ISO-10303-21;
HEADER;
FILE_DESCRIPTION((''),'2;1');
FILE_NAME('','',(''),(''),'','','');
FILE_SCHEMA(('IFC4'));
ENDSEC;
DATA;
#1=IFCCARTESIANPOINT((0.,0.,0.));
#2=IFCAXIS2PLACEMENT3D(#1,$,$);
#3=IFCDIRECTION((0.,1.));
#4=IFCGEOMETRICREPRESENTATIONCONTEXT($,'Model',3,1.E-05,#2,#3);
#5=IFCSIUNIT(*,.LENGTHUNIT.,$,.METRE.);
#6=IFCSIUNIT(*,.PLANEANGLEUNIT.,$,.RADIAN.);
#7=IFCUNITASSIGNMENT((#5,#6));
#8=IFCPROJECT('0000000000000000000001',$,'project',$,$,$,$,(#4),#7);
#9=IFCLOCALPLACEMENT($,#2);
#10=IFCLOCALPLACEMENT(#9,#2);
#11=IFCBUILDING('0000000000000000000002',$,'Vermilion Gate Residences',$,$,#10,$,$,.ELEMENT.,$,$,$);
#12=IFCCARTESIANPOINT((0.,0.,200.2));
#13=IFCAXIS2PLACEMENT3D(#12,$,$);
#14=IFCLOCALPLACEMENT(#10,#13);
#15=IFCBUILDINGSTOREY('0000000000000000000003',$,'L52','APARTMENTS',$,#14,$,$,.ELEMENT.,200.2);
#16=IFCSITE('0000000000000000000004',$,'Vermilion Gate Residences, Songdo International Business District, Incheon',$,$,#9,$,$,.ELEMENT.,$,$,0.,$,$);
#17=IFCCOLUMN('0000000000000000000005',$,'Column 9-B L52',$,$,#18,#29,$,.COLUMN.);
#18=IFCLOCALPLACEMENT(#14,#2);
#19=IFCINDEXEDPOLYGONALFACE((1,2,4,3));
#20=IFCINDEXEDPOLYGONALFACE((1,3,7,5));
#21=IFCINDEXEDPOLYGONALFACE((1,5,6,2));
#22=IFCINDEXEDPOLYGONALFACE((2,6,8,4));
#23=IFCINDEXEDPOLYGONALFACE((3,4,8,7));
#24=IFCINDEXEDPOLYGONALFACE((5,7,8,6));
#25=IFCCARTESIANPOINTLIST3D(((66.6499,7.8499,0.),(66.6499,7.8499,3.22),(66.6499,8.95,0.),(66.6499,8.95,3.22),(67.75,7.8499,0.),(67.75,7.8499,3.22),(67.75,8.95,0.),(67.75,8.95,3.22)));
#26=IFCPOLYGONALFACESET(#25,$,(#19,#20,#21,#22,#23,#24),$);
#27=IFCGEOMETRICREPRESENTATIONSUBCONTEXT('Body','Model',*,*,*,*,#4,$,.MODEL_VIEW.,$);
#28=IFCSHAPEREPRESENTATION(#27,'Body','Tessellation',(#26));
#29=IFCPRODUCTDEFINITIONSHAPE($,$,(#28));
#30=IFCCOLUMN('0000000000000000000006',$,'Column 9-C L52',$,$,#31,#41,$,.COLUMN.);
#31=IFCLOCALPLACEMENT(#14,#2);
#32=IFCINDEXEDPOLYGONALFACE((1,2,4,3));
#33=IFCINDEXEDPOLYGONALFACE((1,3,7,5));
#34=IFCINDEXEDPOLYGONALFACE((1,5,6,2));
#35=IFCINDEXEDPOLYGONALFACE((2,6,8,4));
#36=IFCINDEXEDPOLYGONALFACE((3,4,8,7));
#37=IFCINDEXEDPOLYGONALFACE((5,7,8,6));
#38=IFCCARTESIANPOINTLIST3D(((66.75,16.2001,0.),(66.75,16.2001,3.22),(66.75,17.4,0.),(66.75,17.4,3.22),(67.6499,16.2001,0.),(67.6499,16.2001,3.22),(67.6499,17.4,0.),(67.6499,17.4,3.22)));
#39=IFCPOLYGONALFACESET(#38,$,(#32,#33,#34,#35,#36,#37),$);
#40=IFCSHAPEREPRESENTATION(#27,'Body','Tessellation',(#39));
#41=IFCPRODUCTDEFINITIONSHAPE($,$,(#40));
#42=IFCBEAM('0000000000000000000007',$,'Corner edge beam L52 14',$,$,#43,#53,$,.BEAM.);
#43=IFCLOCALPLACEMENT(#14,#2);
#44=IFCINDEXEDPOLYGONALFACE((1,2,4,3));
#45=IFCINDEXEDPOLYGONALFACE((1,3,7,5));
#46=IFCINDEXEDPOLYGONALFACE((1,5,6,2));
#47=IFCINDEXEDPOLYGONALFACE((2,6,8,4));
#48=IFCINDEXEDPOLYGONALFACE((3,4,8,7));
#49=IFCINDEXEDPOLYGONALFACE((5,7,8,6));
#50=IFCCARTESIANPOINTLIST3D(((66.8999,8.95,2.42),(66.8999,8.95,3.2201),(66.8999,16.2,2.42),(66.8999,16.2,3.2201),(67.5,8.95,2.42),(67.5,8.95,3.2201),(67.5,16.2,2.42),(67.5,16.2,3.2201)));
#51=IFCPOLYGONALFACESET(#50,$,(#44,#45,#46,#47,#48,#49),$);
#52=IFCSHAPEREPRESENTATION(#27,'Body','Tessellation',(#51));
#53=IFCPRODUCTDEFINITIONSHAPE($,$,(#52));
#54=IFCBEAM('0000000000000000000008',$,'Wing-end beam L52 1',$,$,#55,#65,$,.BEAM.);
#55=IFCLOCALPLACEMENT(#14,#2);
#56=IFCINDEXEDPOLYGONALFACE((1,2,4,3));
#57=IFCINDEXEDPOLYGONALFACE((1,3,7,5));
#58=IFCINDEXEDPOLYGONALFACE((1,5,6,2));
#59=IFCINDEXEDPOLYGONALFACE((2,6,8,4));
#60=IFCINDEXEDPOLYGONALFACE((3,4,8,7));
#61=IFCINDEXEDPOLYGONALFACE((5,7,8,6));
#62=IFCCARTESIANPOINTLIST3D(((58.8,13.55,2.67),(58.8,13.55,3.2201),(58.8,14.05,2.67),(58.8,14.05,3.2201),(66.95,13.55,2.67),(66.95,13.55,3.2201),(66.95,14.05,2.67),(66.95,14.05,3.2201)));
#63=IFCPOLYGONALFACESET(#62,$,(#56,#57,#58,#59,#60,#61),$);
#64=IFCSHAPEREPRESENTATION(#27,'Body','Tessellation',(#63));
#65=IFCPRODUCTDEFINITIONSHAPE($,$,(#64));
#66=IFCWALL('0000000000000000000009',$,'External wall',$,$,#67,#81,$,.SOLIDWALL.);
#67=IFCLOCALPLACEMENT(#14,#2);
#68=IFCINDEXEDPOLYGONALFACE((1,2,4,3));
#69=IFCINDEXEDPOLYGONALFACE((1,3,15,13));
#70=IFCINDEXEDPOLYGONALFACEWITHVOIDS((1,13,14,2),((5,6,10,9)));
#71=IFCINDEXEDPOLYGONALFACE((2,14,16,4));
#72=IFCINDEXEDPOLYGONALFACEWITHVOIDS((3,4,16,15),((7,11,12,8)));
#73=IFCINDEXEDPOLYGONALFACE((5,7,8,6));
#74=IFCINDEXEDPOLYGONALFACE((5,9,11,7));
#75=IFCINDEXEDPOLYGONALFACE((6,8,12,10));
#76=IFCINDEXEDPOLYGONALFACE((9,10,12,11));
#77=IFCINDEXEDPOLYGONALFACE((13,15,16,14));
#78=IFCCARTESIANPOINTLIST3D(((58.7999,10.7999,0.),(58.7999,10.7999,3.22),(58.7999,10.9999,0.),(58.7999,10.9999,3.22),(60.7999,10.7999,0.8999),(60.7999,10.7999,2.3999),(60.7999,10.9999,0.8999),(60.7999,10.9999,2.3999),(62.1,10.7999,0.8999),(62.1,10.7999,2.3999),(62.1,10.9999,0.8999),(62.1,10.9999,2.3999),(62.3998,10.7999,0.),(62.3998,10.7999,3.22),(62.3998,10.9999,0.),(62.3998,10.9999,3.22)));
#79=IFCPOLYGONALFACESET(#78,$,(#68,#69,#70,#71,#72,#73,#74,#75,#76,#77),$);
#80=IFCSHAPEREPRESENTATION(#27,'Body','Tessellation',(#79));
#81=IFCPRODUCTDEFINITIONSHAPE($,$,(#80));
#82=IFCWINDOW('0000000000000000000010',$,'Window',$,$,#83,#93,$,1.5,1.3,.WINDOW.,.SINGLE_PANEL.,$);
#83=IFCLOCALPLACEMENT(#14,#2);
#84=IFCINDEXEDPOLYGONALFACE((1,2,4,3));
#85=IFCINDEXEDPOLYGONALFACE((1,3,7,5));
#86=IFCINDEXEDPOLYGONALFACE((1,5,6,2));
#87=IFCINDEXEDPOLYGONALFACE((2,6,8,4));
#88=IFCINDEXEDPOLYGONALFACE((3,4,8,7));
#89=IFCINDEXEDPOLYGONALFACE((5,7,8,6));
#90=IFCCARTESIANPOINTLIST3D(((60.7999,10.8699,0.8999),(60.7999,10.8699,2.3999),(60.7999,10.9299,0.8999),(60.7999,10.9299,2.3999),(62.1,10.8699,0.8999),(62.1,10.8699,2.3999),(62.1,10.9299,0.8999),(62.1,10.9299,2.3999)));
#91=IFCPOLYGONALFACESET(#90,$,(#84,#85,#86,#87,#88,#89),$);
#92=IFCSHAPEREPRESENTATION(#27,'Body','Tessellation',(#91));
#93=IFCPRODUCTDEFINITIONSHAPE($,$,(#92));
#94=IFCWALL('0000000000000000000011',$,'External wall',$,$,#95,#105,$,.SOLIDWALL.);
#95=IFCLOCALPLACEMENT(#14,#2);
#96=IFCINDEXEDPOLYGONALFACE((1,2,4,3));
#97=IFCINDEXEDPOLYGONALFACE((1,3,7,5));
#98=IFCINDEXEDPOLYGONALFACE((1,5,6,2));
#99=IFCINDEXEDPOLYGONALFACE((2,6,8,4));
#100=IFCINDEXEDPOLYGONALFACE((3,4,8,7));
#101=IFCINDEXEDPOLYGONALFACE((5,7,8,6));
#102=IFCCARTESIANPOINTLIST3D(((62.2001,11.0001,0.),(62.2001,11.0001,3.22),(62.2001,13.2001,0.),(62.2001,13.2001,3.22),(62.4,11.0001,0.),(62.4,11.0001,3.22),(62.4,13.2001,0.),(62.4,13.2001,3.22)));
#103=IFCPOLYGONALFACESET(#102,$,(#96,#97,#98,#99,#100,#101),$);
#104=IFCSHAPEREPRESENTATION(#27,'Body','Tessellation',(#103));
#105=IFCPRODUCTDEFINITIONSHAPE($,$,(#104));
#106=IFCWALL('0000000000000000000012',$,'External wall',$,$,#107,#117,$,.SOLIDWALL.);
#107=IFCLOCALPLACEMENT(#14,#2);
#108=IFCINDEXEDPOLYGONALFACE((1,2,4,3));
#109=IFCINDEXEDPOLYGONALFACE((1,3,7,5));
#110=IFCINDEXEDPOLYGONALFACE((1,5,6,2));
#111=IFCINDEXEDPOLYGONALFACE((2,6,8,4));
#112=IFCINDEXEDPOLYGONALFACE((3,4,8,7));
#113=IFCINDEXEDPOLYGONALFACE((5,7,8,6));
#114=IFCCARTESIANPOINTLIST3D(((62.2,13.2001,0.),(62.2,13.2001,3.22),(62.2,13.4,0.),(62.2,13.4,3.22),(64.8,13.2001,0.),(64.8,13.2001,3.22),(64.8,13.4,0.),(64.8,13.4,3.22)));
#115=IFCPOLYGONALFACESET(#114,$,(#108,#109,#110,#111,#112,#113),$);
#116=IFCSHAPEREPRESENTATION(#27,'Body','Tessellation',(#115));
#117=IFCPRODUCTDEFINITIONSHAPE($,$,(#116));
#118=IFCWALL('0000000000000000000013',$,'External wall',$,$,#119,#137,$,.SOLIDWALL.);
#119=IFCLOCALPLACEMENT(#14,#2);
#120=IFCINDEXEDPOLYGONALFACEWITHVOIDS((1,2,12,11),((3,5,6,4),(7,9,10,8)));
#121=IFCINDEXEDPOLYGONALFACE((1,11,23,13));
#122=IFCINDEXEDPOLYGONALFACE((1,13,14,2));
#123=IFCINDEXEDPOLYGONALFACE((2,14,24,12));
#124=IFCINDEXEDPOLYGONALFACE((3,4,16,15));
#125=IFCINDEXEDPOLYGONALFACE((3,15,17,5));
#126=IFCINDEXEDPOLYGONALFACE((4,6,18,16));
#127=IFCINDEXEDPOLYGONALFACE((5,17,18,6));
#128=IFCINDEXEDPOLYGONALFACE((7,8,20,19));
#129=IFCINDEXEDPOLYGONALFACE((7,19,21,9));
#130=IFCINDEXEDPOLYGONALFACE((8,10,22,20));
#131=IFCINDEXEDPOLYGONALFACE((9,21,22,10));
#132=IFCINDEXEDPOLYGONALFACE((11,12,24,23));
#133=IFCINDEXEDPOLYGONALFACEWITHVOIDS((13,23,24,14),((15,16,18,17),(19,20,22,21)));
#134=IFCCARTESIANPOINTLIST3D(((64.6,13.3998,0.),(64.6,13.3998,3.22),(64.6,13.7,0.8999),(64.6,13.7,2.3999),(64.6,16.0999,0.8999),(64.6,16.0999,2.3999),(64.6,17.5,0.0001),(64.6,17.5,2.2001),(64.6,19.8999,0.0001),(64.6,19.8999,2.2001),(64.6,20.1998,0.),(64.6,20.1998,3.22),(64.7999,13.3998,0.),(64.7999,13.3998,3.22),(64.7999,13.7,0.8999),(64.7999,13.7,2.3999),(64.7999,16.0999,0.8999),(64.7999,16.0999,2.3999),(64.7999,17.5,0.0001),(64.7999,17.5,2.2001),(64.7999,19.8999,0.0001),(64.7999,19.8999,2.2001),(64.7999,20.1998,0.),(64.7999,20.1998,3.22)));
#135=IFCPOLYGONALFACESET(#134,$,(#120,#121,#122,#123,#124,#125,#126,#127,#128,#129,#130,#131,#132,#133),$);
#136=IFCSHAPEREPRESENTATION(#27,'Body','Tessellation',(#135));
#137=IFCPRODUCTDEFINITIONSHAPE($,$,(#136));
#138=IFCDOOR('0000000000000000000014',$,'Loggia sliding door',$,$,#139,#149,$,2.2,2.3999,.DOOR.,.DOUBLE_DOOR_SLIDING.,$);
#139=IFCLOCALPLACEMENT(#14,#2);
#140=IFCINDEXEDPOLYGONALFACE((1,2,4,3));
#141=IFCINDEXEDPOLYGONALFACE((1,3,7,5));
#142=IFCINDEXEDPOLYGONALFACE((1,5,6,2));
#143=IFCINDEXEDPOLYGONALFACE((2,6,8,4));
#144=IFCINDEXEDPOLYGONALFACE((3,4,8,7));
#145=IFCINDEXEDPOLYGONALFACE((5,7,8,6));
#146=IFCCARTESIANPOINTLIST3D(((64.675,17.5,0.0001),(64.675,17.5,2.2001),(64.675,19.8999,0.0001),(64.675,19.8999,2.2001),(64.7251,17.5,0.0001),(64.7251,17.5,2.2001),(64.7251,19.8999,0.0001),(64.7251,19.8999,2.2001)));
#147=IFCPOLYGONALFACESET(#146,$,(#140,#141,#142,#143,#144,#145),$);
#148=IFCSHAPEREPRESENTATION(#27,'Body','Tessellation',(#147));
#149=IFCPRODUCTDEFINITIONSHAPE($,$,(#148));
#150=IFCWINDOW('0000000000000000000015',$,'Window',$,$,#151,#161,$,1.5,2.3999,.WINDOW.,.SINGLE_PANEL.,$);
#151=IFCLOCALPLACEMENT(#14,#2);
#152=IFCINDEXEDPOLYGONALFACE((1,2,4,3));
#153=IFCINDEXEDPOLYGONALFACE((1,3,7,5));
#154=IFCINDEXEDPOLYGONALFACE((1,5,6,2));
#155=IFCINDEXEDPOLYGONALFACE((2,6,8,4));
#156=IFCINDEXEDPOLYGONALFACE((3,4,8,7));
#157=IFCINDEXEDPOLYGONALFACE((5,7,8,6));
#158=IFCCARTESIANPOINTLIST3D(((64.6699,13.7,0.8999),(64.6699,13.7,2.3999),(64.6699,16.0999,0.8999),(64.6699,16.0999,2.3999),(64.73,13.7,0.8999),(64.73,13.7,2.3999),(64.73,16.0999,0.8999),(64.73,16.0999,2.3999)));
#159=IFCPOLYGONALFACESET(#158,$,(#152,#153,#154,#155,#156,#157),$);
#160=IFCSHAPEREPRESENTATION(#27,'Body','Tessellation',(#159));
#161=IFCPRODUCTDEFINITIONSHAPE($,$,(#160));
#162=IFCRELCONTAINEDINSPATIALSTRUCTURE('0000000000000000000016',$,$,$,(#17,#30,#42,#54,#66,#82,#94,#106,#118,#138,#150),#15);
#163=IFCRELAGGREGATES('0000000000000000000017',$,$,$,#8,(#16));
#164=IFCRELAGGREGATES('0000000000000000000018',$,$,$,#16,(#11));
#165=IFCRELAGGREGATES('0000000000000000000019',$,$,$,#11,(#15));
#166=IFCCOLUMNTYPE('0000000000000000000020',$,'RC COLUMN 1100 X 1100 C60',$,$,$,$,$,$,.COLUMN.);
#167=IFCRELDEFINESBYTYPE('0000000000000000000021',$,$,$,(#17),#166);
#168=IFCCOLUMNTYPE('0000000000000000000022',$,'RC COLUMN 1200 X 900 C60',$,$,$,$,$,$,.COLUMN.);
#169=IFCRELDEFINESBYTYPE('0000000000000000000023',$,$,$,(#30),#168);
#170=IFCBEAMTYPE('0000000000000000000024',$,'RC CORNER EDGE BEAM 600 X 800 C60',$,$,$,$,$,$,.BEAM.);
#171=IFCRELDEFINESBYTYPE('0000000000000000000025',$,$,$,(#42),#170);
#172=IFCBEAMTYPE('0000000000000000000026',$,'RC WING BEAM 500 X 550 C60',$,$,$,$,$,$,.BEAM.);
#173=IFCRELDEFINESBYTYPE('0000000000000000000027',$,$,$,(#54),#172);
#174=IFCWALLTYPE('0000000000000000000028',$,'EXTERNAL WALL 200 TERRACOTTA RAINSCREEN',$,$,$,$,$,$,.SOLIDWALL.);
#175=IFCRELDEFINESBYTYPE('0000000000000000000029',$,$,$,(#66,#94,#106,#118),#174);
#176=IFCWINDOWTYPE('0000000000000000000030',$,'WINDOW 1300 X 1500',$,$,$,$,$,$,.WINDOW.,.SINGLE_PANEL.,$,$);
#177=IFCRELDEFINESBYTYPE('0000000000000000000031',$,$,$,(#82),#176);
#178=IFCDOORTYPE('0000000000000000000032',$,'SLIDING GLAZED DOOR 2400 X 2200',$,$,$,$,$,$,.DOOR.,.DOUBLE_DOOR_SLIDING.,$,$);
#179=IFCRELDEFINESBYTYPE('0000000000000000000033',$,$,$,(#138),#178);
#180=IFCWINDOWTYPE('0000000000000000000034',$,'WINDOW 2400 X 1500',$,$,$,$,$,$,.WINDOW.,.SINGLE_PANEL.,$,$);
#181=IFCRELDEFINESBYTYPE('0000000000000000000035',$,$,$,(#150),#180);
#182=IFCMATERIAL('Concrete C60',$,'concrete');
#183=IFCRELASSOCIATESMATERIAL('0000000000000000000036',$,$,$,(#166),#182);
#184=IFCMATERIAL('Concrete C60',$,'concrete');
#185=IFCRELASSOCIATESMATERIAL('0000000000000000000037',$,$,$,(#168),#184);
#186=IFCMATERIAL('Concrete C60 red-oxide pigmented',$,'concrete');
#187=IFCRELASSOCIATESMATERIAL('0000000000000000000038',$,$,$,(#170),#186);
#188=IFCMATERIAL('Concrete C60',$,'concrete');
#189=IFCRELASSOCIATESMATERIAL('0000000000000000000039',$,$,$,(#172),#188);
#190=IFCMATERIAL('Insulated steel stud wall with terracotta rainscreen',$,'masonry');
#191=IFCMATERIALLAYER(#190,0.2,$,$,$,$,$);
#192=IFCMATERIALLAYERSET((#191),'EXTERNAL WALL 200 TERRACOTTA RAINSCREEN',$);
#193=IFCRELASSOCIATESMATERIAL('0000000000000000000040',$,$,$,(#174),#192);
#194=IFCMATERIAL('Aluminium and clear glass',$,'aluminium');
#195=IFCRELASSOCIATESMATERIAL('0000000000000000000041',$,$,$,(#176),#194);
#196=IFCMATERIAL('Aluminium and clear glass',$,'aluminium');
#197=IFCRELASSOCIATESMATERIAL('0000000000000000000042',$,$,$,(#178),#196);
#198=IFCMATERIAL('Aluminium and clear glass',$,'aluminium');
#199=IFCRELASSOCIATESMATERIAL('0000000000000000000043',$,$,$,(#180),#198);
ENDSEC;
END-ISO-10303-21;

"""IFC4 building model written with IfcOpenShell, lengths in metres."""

from ifc_helpers import new_model, si_unit, direction, frame, frame_2d, origin, origin_2d, place, context, subcontext, project, spatial, rectangle, extrude, material, layer, layer_set, material_profile, profile_set, type_object, element, fill, save


model = new_model("IFC4")

# Units and contexts
model_context = context("Model", 3, precision=1e-05, world=origin(), true_north=direction((0.0, 1.0)))
body_context = subcontext(model_context, "Body", "Model", "MODEL_VIEW")
ifc_project = project(units=[si_unit("LENGTHUNIT", "METRE"), si_unit("PLANEANGLEUNIT", "RADIAN")], contexts=[model_context])

# Site, building, storey
site_placement = place(None, origin())
site = spatial("IfcSite", under=ifc_project, at=site_placement, Name="Vermilion Gate Residences, Songdo International Business District, Incheon", CompositionType="ELEMENT", RefElevation=0.0)
building_placement = place(site_placement, origin())
building = spatial("IfcBuilding", under=site, at=building_placement, Name="Vermilion Gate Residences", CompositionType="ELEMENT")
storey_placement = place(building_placement, frame((0.0, 0.0, 200.2)))
storey = spatial("IfcBuildingStorey", under=building, at=storey_placement, Name="L52", Description="APARTMENTS", CompositionType="ELEMENT", Elevation=200.2)

# Columns
ifc_material_1 = material(Name="Concrete C60", Category="concrete")
ifc_material_profile_1 = material_profile(ifc_material_1, rectangle(XDim=1.1001, YDim=1.1001, at=origin_2d()), Name="RC-1100x1100")
ifc_profile_set_1 = profile_set([ifc_material_profile_1], Name="Concrete C60")
column_type_1 = type_object("IfcColumnType", Name="RC COLUMN 1100 X 1100 C60", PredefinedType="COLUMN", material=ifc_profile_set_1)
column_1_placement = place(storey_placement, frame((67.2, 8.3999, 0.0), z_axis=(0.0, 0.0, 1.0), x_axis=(1.0, 0.0, 0.0)))
element("IfcColumn", 1, at=column_1_placement, inside=storey, type_object=column_type_1, Name="Column 9-B L52", PredefinedType="COLUMN", context=body_context, shape_type="SweptSolid", body=[
    extrude(rectangle(XDim=1.1001, YDim=1.1001, at=origin_2d()), origin(), (0.0, 0.0, 1.0), 3.22),
])
ifc_material_2 = material(Name="Concrete C60", Category="concrete")
ifc_material_profile_2 = material_profile(ifc_material_2, rectangle(XDim=1.2, YDim=0.8999, at=origin_2d()), Name="RC-1200x900")
ifc_profile_set_2 = profile_set([ifc_material_profile_2], Name="Concrete C60")
column_type_2 = type_object("IfcColumnType", Name="RC COLUMN 1200 X 900 C60", PredefinedType="COLUMN", material=ifc_profile_set_2)
column_2_placement = place(storey_placement, frame((67.2, 16.8, 0.0), z_axis=(0.0, 0.0, 1.0), x_axis=(0.0, 1.0, 0.0)))
element("IfcColumn", 2, at=column_2_placement, inside=storey, type_object=column_type_2, Name="Column 9-C L52", PredefinedType="COLUMN", context=body_context, shape_type="SweptSolid", body=[
    extrude(rectangle(XDim=1.2, YDim=0.8999, at=origin_2d()), origin(), (0.0, 0.0, 1.0), 3.22),
])

# Beams
ifc_material_3 = material(Name="Concrete C60 red-oxide pigmented", Category="concrete")
ifc_material_profile_3 = material_profile(ifc_material_3, rectangle(XDim=0.6001, YDim=0.8, at=origin_2d()), Name="RC-600x800")
ifc_profile_set_3 = profile_set([ifc_material_profile_3], Name="Concrete C60 red-oxide pigmented")
beam_type_1 = type_object("IfcBeamType", Name="RC CORNER EDGE BEAM 600 X 800 C60", PredefinedType="BEAM", material=ifc_profile_set_3)
beam_1_placement = place(storey_placement, frame((67.2, 8.95, 2.8201), z_axis=(0.0, 1.0, 0.0), x_axis=(-1.0, 0.0, 0.0)))
element("IfcBeam", 3, at=beam_1_placement, inside=storey, type_object=beam_type_1, Name="Corner edge beam L52 14", PredefinedType="BEAM", context=body_context, shape_type="SweptSolid", body=[
    extrude(rectangle(XDim=0.6001, YDim=0.8, at=origin_2d()), origin(), (0.0, 0.0, 1.0), 7.25),
])
ifc_material_4 = material(Name="Concrete C60", Category="concrete")
ifc_material_profile_4 = material_profile(ifc_material_4, rectangle(XDim=0.5, YDim=0.55, at=origin_2d()), Name="RC-500x550")
ifc_profile_set_4 = profile_set([ifc_material_profile_4], Name="Concrete C60")
beam_type_2 = type_object("IfcBeamType", Name="RC WING BEAM 500 X 550 C60", PredefinedType="BEAM", material=ifc_profile_set_4)
beam_2_placement = place(storey_placement, frame((58.8, 13.8, 2.9451), z_axis=(1.0, 0.0, 0.0), x_axis=(0.0, 1.0, 0.0)))
element("IfcBeam", 4, at=beam_2_placement, inside=storey, type_object=beam_type_2, Name="Wing-end beam L52 1", PredefinedType="BEAM", context=body_context, shape_type="SweptSolid", body=[
    extrude(rectangle(XDim=0.5, YDim=0.55, at=origin_2d()), origin(), (0.0, 0.0, 1.0), 8.1499),
])

# Wall, opening, window
ifc_material_5 = material(Name="Insulated steel stud wall with terracotta rainscreen", Category="masonry")
ifc_layer_1 = layer(ifc_material_5, 0.2)
ifc_layer_set_1 = layer_set([ifc_layer_1], Name="EXTERNAL WALL 200 TERRACOTTA RAINSCREEN")
wall_type_1 = type_object("IfcWallType", Name="EXTERNAL WALL 200 TERRACOTTA RAINSCREEN", PredefinedType="SOLIDWALL", material=ifc_layer_set_1)
wall_1_placement = place(storey_placement, frame((58.8, 10.8999, 0.0), z_axis=(0.0, 0.0, 1.0), x_axis=(1.0, 0.0, 0.0)))
wall_1 = element("IfcWall", 5, at=wall_1_placement, inside=storey, type_object=wall_type_1, Name="External wall", PredefinedType="SOLIDWALL", context=body_context, shape_type="SweptSolid", body=[
    extrude(rectangle(XDim=3.5999, YDim=0.2, at=frame_2d((1.7998, 0.0))), origin(), (0.0, 0.0, 1.0), 3.22),
])
opening_1_placement = place(wall_1_placement, frame((2.0, 0.0, 0.8999)))
opening_1 = element("IfcOpeningElement", 6, at=opening_1_placement, cuts=wall_1, PredefinedType="OPENING", context=body_context, shape_type="SweptSolid", body=[
    extrude(rectangle(XDim=1.3, YDim=1.5, at=frame_2d((0.6499, 0.75))), frame((0.0, 0.1099, 0.0), z_axis=(0.0, -1.0, 0.0), x_axis=(1.0, 0.0, 0.0)), (0.0, 0.0, 1.0), 0.22),
])
ifc_material_6 = material(Name="Aluminium and clear glass", Category="aluminium")
window_type_1 = type_object("IfcWindowType", Name="WINDOW 1300 X 1500", PartitioningType="SINGLE_PANEL", PredefinedType="WINDOW", material=ifc_material_6)
window_1_placement = place(opening_1_placement, origin())
window_1 = element("IfcWindow", 7, at=window_1_placement, inside=storey, type_object=window_type_1, Name="Window", OverallHeight=1.5, OverallWidth=1.3, PartitioningType="SINGLE_PANEL", PredefinedType="WINDOW", context=body_context, shape_type="SweptSolid", body=[
    extrude(rectangle(XDim=1.3, YDim=1.5, at=frame_2d((0.6499, 0.75))), frame((0.0, 0.03, 0.0), z_axis=(0.0, -1.0, 0.0), x_axis=(1.0, 0.0, 0.0)), (0.0, 0.0, 1.0), 0.0601),
])
fill(opening_1, window_1)

# Walls
wall_2_placement = place(storey_placement, frame((62.3, 11.0, 0.0), z_axis=(0.0, 0.0, 1.0), x_axis=(0.0, 1.0, 0.0)))
element("IfcWall", 8, at=wall_2_placement, inside=storey, type_object=wall_type_1, Name="External wall", PredefinedType="SOLIDWALL", context=body_context, shape_type="SweptSolid", body=[
    extrude(rectangle(XDim=2.2, YDim=0.2, at=frame_2d((1.1001, 0.0))), origin(), (0.0, 0.0, 1.0), 3.22),
])
wall_3_placement = place(storey_placement, frame((62.2, 13.3, 0.0), z_axis=(0.0, 0.0, 1.0), x_axis=(1.0, 0.0, 0.0)))
element("IfcWall", 9, at=wall_3_placement, inside=storey, type_object=wall_type_1, Name="External wall", PredefinedType="SOLIDWALL", context=body_context, shape_type="SweptSolid", body=[
    extrude(rectangle(XDim=2.6001, YDim=0.2, at=frame_2d((1.3, 0.0))), origin(), (0.0, 0.0, 1.0), 3.22),
])

# Wall, openings, door, window
wall_4_placement = place(storey_placement, frame((64.7, 13.3999, 0.0), z_axis=(0.0, 0.0, 1.0), x_axis=(0.0, 1.0, 0.0)))
wall_4 = element("IfcWall", 10, at=wall_4_placement, inside=storey, type_object=wall_type_1, Name="External wall", PredefinedType="SOLIDWALL", context=body_context, shape_type="SweptSolid", body=[
    extrude(rectangle(XDim=6.8, YDim=0.2, at=frame_2d((3.3999, 0.0))), origin(), (0.0, 0.0, 1.0), 3.22),
])
opening_2_placement = place(wall_4_placement, frame((0.3, 0.0, 0.8999)))
opening_2 = element("IfcOpeningElement", 11, at=opening_2_placement, cuts=wall_4, PredefinedType="OPENING", context=body_context, shape_type="SweptSolid", body=[
    extrude(rectangle(XDim=2.3999, YDim=1.5, at=frame_2d((1.2, 0.75))), frame((0.0, 0.1099, 0.0), z_axis=(0.0, -1.0, 0.0), x_axis=(1.0, 0.0, 0.0)), (0.0, 0.0, 1.0), 0.22),
])
opening_3_placement = place(wall_4_placement, frame((4.1001, 0.0, 0.0)))
opening_3 = element("IfcOpeningElement", 12, at=opening_3_placement, cuts=wall_4, PredefinedType="OPENING", context=body_context, shape_type="SweptSolid", body=[
    extrude(rectangle(XDim=2.3999, YDim=2.2, at=frame_2d((1.2, 1.1001))), frame((0.0, 0.1099, 0.0), z_axis=(0.0, -1.0, 0.0), x_axis=(1.0, 0.0, 0.0)), (0.0, 0.0, 1.0), 0.22),
])
ifc_material_7 = material(Name="Aluminium and clear glass", Category="aluminium")
door_type_1 = type_object("IfcDoorType", Name="SLIDING GLAZED DOOR 2400 X 2200", OperationType="DOUBLE_DOOR_SLIDING", PredefinedType="DOOR", material=ifc_material_7)
door_1_placement = place(opening_3_placement, origin())
door_1 = element("IfcDoor", 13, at=door_1_placement, inside=storey, type_object=door_type_1, Name="Loggia sliding door", OperationType="DOUBLE_DOOR_SLIDING", OverallHeight=2.2, OverallWidth=2.3999, PredefinedType="DOOR", context=body_context, shape_type="SweptSolid", body=[
    extrude(rectangle(XDim=2.3999, YDim=2.2, at=frame_2d((1.2, 1.1001))), frame((0.0, 0.0249, 0.0), z_axis=(0.0, -1.0, 0.0), x_axis=(1.0, 0.0, 0.0)), (0.0, 0.0, 1.0), 0.05),
])
fill(opening_3, door_1)
ifc_material_8 = material(Name="Aluminium and clear glass", Category="aluminium")
window_type_2 = type_object("IfcWindowType", Name="WINDOW 2400 X 1500", PartitioningType="SINGLE_PANEL", PredefinedType="WINDOW", material=ifc_material_8)
window_2_placement = place(opening_2_placement, origin())
window_2 = element("IfcWindow", 14, at=window_2_placement, inside=storey, type_object=window_type_2, Name="Window", OverallHeight=1.5, OverallWidth=2.3999, PartitioningType="SINGLE_PANEL", PredefinedType="WINDOW", context=body_context, shape_type="SweptSolid", body=[
    extrude(rectangle(XDim=2.3999, YDim=1.5, at=frame_2d((1.2, 0.75))), frame((0.0, 0.03, 0.0), z_axis=(0.0, -1.0, 0.0), x_axis=(1.0, 0.0, 0.0)), (0.0, 0.0, 1.0), 0.0601),
])
fill(opening_2, window_2)

save(model, "model.ifc")
